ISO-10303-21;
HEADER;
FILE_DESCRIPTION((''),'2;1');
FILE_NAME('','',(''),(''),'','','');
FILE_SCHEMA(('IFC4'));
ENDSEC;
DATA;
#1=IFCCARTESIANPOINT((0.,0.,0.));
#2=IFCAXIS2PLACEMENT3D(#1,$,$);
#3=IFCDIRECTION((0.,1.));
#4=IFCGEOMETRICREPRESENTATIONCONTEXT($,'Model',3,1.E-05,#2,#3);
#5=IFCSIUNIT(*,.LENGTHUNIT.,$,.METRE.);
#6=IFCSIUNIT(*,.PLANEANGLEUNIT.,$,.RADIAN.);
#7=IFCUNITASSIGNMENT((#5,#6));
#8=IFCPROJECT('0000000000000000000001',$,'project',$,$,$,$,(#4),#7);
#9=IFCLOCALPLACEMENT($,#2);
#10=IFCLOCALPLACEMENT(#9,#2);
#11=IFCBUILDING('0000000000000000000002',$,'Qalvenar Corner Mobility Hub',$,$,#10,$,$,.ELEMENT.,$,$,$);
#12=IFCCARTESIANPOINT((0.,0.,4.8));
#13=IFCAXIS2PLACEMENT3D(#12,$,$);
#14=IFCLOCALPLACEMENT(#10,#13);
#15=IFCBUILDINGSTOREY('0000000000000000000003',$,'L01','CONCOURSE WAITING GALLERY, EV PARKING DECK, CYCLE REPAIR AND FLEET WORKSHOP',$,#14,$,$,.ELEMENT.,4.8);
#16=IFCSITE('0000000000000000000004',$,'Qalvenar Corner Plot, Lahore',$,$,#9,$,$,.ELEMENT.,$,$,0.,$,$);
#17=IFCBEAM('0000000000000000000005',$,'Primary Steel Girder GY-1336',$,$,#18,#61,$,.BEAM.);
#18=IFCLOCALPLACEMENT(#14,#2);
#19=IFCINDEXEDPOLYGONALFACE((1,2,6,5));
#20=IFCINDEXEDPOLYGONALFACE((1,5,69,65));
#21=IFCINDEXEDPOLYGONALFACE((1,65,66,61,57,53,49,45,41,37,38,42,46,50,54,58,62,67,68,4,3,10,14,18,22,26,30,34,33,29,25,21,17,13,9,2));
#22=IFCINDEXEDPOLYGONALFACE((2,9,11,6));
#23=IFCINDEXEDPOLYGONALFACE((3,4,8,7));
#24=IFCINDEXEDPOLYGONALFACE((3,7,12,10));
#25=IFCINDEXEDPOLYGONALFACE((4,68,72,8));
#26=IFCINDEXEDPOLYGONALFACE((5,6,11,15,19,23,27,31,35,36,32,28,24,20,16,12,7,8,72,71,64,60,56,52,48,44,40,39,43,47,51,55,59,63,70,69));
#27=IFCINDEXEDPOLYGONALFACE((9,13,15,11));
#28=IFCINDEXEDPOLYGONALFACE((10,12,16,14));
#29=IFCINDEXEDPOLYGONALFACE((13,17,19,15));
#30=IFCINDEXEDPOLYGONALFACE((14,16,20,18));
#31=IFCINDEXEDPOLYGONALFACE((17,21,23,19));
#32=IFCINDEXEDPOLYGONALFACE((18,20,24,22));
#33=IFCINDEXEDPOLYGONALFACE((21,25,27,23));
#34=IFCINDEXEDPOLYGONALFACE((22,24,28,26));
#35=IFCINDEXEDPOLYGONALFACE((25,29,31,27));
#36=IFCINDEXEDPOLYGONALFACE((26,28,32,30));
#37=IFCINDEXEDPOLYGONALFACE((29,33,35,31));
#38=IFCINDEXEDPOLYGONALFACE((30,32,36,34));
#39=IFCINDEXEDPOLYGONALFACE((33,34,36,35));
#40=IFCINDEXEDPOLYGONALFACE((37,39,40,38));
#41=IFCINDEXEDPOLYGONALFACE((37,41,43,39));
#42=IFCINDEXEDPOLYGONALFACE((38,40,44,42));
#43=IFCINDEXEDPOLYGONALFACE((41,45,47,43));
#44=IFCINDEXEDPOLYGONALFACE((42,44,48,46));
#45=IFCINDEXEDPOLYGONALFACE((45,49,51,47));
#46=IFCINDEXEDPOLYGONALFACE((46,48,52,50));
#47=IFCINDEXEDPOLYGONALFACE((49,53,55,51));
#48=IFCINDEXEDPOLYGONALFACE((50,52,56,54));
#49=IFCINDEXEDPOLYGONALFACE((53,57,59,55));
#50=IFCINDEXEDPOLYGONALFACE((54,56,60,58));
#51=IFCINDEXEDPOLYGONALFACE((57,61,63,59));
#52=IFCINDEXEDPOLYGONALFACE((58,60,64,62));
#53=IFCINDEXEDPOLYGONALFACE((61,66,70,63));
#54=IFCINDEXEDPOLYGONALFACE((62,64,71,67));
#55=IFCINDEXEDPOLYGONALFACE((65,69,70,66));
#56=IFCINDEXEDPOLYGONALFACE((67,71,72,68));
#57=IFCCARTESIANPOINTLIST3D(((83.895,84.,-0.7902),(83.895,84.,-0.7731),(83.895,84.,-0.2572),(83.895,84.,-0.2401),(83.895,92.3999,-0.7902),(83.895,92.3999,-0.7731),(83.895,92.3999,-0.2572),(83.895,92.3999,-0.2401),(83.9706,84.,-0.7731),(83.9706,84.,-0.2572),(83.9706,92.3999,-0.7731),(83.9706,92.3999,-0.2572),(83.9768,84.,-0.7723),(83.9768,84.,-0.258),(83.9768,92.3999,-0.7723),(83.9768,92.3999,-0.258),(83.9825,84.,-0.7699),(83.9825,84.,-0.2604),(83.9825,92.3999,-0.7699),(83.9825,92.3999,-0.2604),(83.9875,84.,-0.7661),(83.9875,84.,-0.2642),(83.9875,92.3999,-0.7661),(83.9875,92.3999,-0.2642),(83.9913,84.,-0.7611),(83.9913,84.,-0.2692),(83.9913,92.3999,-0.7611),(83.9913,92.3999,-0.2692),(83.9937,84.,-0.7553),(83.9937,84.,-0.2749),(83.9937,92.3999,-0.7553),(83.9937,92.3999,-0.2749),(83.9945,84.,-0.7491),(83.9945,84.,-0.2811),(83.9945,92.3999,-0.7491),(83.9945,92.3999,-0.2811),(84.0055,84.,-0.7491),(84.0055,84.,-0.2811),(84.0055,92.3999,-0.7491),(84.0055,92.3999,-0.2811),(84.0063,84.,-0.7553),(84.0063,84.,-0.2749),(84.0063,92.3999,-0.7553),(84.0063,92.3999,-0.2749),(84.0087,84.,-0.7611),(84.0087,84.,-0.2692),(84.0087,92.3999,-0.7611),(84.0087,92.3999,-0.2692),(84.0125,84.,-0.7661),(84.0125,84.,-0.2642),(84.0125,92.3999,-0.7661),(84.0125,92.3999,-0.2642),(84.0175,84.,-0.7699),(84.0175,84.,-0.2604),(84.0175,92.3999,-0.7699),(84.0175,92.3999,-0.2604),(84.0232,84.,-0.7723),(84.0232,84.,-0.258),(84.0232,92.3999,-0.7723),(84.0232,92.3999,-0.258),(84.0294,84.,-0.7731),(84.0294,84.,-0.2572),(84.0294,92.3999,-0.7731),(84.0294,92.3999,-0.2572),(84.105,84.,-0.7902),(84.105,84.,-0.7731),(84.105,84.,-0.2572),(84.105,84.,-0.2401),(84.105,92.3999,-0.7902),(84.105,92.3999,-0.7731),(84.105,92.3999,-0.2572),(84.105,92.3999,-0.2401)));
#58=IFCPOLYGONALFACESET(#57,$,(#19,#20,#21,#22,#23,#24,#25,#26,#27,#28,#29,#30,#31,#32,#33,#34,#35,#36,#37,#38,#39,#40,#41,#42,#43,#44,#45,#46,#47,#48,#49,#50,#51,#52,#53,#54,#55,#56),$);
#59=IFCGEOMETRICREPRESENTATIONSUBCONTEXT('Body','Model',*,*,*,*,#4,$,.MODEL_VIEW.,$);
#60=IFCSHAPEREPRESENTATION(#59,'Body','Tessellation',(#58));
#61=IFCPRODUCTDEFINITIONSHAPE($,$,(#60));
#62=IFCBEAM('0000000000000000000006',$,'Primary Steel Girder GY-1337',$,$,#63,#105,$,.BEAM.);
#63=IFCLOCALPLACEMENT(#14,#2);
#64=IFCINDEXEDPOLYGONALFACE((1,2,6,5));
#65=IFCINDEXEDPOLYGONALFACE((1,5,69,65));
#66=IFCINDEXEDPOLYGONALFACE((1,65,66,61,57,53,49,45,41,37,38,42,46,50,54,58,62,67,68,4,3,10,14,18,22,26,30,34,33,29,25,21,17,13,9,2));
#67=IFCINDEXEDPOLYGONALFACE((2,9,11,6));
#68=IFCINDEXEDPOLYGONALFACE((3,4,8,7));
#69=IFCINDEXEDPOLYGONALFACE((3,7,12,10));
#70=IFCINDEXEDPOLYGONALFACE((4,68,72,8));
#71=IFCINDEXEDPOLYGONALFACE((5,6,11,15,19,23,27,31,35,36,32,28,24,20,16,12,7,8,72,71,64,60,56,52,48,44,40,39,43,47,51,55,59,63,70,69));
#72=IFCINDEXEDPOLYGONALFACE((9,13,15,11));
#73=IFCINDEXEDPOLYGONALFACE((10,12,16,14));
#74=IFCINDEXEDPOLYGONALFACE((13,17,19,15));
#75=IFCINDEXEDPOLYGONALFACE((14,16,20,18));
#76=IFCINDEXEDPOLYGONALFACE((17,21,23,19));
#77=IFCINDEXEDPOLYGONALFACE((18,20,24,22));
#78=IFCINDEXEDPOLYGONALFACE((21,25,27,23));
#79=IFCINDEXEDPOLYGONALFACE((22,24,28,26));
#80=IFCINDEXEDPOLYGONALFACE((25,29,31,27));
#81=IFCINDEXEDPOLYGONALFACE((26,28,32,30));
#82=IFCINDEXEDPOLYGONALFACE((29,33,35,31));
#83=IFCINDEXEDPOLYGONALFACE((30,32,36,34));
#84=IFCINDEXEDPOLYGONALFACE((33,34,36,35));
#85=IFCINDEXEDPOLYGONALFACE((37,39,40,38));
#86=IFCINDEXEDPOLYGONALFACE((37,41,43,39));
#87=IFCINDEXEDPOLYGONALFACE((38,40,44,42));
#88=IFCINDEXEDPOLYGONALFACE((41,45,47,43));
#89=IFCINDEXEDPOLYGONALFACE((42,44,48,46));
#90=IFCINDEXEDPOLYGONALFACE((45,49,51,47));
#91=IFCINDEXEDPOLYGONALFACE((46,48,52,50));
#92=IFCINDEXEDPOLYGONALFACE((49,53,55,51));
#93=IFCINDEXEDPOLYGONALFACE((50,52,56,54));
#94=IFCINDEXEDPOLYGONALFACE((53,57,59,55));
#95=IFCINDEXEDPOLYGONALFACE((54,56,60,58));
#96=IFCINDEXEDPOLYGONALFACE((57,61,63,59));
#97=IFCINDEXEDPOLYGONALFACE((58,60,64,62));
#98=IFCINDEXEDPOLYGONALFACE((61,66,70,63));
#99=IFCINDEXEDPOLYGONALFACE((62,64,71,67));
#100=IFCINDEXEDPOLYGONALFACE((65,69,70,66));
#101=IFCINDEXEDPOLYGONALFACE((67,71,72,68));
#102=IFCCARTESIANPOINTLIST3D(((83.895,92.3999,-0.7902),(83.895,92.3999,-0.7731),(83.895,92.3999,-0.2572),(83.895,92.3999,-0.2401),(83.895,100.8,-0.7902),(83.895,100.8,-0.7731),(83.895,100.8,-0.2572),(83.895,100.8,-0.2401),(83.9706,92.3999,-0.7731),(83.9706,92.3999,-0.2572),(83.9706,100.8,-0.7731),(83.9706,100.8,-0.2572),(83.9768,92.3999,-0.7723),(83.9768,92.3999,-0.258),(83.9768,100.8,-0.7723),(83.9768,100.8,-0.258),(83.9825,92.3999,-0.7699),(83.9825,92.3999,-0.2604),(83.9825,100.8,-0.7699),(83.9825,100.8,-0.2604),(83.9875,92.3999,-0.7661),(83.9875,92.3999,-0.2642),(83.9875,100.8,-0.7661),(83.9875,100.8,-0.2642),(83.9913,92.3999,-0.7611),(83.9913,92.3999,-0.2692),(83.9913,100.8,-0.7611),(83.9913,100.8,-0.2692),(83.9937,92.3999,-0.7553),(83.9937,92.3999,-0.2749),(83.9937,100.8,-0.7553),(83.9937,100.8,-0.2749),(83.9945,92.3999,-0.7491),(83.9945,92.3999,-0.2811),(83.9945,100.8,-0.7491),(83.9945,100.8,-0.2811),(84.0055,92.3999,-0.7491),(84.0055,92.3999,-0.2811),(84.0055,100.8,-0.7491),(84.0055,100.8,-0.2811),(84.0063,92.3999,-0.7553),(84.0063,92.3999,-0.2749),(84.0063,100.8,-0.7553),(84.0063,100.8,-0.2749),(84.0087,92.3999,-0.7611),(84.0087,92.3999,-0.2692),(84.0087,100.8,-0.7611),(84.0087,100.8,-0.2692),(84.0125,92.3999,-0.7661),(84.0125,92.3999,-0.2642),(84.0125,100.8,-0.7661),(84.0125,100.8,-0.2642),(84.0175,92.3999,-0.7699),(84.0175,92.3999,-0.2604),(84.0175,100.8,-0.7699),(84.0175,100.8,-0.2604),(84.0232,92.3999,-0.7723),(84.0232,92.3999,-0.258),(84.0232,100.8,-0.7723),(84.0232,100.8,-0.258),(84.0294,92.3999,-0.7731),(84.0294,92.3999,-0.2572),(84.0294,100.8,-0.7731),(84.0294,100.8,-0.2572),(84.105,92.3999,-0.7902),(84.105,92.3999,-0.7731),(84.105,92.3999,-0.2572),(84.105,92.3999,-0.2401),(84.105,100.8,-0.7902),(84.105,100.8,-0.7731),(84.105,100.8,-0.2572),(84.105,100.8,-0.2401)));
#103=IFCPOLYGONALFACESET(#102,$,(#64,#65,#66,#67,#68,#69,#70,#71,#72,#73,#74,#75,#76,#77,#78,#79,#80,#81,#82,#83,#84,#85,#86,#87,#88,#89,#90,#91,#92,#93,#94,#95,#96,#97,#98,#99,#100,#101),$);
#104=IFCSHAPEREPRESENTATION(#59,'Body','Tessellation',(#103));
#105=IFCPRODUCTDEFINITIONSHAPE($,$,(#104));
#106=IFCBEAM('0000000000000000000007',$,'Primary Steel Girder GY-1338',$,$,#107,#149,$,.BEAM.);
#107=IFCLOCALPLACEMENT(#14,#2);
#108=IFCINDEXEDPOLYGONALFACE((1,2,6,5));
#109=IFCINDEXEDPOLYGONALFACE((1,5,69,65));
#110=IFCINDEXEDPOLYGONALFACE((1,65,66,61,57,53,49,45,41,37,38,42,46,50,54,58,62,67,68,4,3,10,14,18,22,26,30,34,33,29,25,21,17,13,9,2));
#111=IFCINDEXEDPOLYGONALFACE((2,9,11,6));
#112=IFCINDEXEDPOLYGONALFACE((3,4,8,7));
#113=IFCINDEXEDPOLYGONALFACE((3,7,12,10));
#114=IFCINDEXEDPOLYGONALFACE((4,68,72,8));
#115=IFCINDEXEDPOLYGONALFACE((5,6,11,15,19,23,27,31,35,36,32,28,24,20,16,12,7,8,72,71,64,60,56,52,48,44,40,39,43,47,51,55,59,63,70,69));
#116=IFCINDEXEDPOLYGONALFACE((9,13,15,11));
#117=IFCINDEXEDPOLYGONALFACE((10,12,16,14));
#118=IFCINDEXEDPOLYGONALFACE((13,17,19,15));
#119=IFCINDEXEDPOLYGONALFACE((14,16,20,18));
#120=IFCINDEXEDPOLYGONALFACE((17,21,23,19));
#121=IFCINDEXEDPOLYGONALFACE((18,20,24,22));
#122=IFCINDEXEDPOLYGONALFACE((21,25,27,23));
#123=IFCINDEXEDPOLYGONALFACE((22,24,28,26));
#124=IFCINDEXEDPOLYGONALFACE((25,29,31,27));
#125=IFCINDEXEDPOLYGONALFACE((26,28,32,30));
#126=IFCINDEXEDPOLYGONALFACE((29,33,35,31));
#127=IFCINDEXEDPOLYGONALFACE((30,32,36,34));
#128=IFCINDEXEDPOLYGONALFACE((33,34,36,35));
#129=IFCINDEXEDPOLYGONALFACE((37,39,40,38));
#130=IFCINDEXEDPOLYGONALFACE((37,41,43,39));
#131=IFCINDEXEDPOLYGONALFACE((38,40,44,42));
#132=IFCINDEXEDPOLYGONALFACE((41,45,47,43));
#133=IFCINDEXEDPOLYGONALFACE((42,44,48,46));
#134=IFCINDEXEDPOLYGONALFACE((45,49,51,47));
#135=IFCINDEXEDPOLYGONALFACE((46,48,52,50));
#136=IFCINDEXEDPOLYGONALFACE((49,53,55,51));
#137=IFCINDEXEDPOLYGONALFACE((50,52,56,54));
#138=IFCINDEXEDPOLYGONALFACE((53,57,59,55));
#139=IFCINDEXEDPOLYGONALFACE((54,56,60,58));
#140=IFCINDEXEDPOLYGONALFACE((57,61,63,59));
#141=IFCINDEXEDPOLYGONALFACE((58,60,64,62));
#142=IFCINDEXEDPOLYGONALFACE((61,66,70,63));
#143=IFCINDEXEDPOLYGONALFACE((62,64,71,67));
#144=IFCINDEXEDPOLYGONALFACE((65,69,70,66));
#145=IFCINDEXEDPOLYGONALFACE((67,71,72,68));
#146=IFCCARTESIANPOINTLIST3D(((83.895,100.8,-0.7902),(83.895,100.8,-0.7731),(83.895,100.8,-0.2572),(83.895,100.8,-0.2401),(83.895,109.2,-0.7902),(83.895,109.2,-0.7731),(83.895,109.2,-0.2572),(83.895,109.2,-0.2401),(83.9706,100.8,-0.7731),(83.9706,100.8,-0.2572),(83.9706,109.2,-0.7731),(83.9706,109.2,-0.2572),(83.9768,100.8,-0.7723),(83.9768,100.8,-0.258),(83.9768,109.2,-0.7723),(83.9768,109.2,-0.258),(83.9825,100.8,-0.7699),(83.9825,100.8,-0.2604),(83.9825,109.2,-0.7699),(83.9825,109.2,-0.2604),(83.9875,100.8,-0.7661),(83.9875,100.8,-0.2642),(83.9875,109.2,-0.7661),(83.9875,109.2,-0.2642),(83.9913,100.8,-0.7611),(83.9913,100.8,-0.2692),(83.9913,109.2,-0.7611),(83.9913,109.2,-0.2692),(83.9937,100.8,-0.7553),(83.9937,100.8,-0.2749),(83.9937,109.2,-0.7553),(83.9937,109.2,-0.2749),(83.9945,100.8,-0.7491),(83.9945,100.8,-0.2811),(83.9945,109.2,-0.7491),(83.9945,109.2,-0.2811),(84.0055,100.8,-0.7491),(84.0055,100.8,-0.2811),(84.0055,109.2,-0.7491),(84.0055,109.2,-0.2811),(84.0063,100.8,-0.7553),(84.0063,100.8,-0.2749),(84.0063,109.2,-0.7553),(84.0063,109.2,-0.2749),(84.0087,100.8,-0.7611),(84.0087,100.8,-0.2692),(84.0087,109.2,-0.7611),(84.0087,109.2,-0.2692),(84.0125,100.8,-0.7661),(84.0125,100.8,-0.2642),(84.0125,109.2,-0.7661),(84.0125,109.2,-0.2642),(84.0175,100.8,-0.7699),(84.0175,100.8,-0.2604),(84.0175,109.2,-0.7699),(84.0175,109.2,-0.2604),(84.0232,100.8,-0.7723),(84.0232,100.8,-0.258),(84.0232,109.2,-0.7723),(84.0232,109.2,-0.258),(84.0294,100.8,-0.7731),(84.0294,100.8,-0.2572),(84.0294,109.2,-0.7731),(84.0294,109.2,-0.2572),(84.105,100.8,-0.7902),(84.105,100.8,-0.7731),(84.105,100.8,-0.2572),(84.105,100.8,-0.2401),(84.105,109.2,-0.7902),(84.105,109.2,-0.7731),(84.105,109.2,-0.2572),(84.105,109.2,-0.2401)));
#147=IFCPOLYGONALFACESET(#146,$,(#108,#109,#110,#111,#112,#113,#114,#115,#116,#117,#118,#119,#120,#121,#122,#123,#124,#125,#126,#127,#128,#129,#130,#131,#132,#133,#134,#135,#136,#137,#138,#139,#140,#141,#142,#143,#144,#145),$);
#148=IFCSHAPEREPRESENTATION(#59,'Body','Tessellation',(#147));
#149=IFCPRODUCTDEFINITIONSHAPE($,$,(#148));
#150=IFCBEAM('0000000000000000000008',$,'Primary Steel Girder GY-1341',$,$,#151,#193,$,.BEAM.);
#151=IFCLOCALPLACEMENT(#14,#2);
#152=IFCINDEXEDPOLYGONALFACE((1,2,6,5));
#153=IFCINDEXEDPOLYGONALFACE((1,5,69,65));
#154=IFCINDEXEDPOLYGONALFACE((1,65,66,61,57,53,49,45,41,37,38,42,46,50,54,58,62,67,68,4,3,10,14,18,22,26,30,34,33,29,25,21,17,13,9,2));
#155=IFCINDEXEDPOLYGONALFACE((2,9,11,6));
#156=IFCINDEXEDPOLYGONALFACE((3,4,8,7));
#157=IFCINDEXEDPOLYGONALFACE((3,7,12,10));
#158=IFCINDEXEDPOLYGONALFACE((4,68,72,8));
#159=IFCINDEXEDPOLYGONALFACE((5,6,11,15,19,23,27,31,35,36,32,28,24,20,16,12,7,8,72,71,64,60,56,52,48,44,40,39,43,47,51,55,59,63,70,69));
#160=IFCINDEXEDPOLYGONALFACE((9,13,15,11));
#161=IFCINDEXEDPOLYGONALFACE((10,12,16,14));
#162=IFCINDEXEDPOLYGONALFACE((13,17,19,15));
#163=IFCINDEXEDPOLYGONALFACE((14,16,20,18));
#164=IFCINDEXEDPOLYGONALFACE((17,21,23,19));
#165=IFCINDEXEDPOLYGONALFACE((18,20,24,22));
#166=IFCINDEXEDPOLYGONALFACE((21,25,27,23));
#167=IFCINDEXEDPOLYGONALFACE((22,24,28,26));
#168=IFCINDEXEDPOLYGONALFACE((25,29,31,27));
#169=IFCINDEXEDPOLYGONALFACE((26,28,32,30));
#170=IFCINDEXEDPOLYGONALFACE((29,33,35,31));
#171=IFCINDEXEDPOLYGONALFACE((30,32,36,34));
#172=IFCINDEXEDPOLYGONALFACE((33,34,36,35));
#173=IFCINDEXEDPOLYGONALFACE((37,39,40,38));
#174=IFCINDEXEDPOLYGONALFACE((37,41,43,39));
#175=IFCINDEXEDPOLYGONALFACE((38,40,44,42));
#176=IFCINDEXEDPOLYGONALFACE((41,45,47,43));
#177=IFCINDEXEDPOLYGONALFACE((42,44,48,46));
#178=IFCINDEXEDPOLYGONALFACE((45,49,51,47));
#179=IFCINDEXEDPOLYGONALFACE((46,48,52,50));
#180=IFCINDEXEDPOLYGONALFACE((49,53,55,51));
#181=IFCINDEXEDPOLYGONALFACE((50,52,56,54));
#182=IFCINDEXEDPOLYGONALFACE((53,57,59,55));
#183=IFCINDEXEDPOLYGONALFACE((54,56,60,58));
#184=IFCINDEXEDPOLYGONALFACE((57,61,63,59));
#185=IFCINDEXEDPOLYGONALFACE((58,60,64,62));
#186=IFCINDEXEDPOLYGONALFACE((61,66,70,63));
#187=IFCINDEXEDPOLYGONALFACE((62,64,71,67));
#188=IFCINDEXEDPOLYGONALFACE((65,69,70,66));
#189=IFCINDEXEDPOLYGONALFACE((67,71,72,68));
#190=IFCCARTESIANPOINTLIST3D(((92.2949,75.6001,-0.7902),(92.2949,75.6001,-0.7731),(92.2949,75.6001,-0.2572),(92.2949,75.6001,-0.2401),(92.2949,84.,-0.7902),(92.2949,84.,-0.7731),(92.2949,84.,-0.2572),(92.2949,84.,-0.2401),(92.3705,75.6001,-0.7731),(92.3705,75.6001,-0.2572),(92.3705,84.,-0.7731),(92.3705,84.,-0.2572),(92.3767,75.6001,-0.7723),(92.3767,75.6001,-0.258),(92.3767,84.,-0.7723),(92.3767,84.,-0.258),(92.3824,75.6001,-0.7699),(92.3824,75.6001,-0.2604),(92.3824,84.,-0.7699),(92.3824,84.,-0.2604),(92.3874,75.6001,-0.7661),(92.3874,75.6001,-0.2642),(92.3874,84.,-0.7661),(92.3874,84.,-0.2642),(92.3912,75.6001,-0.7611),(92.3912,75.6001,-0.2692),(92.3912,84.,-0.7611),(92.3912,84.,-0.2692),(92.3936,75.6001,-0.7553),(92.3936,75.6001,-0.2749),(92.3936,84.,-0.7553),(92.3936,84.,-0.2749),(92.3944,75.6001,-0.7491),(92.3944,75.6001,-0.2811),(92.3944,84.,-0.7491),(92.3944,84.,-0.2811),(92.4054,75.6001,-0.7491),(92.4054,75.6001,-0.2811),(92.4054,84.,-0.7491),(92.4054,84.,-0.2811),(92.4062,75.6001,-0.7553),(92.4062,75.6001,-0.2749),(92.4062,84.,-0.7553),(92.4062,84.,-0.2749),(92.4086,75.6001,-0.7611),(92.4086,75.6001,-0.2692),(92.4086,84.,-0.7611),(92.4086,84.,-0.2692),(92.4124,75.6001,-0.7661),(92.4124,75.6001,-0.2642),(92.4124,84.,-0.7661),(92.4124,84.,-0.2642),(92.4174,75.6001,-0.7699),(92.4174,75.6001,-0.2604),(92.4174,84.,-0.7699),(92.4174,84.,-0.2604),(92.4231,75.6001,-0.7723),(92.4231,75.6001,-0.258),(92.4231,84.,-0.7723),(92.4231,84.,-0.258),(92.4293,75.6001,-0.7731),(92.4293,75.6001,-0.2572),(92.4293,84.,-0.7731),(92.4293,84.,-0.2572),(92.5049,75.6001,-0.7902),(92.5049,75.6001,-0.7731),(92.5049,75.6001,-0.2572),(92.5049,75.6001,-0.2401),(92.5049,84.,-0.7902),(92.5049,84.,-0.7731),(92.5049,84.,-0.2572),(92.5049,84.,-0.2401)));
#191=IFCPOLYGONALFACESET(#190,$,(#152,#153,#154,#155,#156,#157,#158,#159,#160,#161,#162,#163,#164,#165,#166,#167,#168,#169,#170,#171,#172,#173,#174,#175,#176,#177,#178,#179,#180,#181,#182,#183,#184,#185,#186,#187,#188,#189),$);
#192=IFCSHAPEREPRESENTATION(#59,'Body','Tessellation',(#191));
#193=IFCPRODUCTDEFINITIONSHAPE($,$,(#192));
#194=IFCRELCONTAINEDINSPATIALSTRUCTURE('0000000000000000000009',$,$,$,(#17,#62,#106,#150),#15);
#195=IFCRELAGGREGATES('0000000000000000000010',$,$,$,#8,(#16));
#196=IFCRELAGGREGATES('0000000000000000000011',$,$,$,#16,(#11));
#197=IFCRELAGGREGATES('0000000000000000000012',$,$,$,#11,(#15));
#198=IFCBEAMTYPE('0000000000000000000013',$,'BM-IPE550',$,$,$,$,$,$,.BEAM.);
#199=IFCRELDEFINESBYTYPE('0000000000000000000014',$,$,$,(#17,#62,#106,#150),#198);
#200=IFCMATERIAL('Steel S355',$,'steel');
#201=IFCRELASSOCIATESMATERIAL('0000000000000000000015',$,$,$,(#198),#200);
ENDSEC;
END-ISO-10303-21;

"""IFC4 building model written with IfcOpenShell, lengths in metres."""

from ifc_helpers import new_model, si_unit, direction, frame, origin, origin_2d, place, context, subcontext, project, spatial, i_section, extrude, material, material_profile, profile_set, type_object, element, save


model = new_model("IFC4")

# Units and contexts
model_context = context("Model", 3, precision=1e-05, world=origin(), true_north=direction((0.0, 1.0)))
body_context = subcontext(model_context, "Body", "Model", "MODEL_VIEW")
ifc_project = project(units=[si_unit("LENGTHUNIT", "METRE"), si_unit("PLANEANGLEUNIT", "RADIAN")], contexts=[model_context])

# Site, building, storey
site_placement = place(None, origin())
site = spatial("IfcSite", under=ifc_project, at=site_placement, Name="Qalvenar Corner Plot, Lahore", CompositionType="ELEMENT", RefElevation=0.0)
building_placement = place(site_placement, origin())
building = spatial("IfcBuilding", under=site, at=building_placement, Name="Qalvenar Corner Mobility Hub", CompositionType="ELEMENT")
storey_placement = place(building_placement, frame((0.0, 0.0, 4.8)))
storey = spatial("IfcBuildingStorey", under=building, at=storey_placement, Name="L01", Description="CONCOURSE WAITING GALLERY, EV PARKING DECK, CYCLE REPAIR AND FLEET WORKSHOP", CompositionType="ELEMENT", Elevation=4.8)

# Shared definitions
ifc_material_1 = material(Name="Steel S355", Category="steel")

# Beams
ifc_material_profile_1 = material_profile(ifc_material_1, i_section(OverallWidth=0.21, OverallDepth=0.55, WebThickness=0.011, FlangeThickness=0.0171, FilletRadius=0.0239, at=origin_2d()), Name="IPE550")
ifc_profile_set_1 = profile_set([ifc_material_profile_1], Name="Steel S355")
beam_type_1 = type_object("IfcBeamType", Name="BM-IPE550", PredefinedType="BEAM", material=ifc_profile_set_1)
beam_1_placement = place(storey_placement, frame((84.0, 84.0, -0.5151), z_axis=(0.0, 1.0, 0.0), x_axis=(-1.0, 0.0, 0.0)))
element("IfcBeam", 1, at=beam_1_placement, inside=storey, type_object=beam_type_1, Name="Primary Steel Girder GY-1336", PredefinedType="BEAM", context=body_context, shape_type="SweptSolid", body=[
    extrude(i_section(OverallWidth=0.21, OverallDepth=0.55, WebThickness=0.011, FlangeThickness=0.0171, FilletRadius=0.0239, at=origin_2d()), origin(), (0.0, 0.0, 1.0), 8.3999),
])
beam_2_placement = place(storey_placement, frame((84.0, 92.3999, -0.5151), z_axis=(0.0, 1.0, 0.0), x_axis=(-1.0, 0.0, 0.0)))
element("IfcBeam", 2, at=beam_2_placement, inside=storey, type_object=beam_type_1, Name="Primary Steel Girder GY-1337", PredefinedType="BEAM", context=body_context, shape_type="SweptSolid", body=[
    extrude(i_section(OverallWidth=0.21, OverallDepth=0.55, WebThickness=0.011, FlangeThickness=0.0171, FilletRadius=0.0239, at=origin_2d()), origin(), (0.0, 0.0, 1.0), 8.4001),
])
for number, where, z_axis, x_axis, name in (
    (3, (84.0, 100.8, -0.5151), (0.0, 1.0, 0.0), (-1.0, 0.0, 0.0), "Primary Steel Girder GY-1338"),
    (4, (92.3999, 75.6001, -0.5151), (0.0, 1.0, 0.0), (-1.0, 0.0, 0.0), "Primary Steel Girder GY-1341"),
):
    element("IfcBeam", number, at=place(storey_placement, frame(where, z_axis=z_axis, x_axis=x_axis)), inside=storey, type_object=beam_type_1, Name=name, PredefinedType="BEAM", context=body_context, shape_type="SweptSolid", body=[
        extrude(i_section(OverallWidth=0.21, OverallDepth=0.55, WebThickness=0.011, FlangeThickness=0.0171, FilletRadius=0.0239, at=origin_2d()), origin(), (0.0, 0.0, 1.0), 8.3999),
    ])

save(model, "model.ifc")
